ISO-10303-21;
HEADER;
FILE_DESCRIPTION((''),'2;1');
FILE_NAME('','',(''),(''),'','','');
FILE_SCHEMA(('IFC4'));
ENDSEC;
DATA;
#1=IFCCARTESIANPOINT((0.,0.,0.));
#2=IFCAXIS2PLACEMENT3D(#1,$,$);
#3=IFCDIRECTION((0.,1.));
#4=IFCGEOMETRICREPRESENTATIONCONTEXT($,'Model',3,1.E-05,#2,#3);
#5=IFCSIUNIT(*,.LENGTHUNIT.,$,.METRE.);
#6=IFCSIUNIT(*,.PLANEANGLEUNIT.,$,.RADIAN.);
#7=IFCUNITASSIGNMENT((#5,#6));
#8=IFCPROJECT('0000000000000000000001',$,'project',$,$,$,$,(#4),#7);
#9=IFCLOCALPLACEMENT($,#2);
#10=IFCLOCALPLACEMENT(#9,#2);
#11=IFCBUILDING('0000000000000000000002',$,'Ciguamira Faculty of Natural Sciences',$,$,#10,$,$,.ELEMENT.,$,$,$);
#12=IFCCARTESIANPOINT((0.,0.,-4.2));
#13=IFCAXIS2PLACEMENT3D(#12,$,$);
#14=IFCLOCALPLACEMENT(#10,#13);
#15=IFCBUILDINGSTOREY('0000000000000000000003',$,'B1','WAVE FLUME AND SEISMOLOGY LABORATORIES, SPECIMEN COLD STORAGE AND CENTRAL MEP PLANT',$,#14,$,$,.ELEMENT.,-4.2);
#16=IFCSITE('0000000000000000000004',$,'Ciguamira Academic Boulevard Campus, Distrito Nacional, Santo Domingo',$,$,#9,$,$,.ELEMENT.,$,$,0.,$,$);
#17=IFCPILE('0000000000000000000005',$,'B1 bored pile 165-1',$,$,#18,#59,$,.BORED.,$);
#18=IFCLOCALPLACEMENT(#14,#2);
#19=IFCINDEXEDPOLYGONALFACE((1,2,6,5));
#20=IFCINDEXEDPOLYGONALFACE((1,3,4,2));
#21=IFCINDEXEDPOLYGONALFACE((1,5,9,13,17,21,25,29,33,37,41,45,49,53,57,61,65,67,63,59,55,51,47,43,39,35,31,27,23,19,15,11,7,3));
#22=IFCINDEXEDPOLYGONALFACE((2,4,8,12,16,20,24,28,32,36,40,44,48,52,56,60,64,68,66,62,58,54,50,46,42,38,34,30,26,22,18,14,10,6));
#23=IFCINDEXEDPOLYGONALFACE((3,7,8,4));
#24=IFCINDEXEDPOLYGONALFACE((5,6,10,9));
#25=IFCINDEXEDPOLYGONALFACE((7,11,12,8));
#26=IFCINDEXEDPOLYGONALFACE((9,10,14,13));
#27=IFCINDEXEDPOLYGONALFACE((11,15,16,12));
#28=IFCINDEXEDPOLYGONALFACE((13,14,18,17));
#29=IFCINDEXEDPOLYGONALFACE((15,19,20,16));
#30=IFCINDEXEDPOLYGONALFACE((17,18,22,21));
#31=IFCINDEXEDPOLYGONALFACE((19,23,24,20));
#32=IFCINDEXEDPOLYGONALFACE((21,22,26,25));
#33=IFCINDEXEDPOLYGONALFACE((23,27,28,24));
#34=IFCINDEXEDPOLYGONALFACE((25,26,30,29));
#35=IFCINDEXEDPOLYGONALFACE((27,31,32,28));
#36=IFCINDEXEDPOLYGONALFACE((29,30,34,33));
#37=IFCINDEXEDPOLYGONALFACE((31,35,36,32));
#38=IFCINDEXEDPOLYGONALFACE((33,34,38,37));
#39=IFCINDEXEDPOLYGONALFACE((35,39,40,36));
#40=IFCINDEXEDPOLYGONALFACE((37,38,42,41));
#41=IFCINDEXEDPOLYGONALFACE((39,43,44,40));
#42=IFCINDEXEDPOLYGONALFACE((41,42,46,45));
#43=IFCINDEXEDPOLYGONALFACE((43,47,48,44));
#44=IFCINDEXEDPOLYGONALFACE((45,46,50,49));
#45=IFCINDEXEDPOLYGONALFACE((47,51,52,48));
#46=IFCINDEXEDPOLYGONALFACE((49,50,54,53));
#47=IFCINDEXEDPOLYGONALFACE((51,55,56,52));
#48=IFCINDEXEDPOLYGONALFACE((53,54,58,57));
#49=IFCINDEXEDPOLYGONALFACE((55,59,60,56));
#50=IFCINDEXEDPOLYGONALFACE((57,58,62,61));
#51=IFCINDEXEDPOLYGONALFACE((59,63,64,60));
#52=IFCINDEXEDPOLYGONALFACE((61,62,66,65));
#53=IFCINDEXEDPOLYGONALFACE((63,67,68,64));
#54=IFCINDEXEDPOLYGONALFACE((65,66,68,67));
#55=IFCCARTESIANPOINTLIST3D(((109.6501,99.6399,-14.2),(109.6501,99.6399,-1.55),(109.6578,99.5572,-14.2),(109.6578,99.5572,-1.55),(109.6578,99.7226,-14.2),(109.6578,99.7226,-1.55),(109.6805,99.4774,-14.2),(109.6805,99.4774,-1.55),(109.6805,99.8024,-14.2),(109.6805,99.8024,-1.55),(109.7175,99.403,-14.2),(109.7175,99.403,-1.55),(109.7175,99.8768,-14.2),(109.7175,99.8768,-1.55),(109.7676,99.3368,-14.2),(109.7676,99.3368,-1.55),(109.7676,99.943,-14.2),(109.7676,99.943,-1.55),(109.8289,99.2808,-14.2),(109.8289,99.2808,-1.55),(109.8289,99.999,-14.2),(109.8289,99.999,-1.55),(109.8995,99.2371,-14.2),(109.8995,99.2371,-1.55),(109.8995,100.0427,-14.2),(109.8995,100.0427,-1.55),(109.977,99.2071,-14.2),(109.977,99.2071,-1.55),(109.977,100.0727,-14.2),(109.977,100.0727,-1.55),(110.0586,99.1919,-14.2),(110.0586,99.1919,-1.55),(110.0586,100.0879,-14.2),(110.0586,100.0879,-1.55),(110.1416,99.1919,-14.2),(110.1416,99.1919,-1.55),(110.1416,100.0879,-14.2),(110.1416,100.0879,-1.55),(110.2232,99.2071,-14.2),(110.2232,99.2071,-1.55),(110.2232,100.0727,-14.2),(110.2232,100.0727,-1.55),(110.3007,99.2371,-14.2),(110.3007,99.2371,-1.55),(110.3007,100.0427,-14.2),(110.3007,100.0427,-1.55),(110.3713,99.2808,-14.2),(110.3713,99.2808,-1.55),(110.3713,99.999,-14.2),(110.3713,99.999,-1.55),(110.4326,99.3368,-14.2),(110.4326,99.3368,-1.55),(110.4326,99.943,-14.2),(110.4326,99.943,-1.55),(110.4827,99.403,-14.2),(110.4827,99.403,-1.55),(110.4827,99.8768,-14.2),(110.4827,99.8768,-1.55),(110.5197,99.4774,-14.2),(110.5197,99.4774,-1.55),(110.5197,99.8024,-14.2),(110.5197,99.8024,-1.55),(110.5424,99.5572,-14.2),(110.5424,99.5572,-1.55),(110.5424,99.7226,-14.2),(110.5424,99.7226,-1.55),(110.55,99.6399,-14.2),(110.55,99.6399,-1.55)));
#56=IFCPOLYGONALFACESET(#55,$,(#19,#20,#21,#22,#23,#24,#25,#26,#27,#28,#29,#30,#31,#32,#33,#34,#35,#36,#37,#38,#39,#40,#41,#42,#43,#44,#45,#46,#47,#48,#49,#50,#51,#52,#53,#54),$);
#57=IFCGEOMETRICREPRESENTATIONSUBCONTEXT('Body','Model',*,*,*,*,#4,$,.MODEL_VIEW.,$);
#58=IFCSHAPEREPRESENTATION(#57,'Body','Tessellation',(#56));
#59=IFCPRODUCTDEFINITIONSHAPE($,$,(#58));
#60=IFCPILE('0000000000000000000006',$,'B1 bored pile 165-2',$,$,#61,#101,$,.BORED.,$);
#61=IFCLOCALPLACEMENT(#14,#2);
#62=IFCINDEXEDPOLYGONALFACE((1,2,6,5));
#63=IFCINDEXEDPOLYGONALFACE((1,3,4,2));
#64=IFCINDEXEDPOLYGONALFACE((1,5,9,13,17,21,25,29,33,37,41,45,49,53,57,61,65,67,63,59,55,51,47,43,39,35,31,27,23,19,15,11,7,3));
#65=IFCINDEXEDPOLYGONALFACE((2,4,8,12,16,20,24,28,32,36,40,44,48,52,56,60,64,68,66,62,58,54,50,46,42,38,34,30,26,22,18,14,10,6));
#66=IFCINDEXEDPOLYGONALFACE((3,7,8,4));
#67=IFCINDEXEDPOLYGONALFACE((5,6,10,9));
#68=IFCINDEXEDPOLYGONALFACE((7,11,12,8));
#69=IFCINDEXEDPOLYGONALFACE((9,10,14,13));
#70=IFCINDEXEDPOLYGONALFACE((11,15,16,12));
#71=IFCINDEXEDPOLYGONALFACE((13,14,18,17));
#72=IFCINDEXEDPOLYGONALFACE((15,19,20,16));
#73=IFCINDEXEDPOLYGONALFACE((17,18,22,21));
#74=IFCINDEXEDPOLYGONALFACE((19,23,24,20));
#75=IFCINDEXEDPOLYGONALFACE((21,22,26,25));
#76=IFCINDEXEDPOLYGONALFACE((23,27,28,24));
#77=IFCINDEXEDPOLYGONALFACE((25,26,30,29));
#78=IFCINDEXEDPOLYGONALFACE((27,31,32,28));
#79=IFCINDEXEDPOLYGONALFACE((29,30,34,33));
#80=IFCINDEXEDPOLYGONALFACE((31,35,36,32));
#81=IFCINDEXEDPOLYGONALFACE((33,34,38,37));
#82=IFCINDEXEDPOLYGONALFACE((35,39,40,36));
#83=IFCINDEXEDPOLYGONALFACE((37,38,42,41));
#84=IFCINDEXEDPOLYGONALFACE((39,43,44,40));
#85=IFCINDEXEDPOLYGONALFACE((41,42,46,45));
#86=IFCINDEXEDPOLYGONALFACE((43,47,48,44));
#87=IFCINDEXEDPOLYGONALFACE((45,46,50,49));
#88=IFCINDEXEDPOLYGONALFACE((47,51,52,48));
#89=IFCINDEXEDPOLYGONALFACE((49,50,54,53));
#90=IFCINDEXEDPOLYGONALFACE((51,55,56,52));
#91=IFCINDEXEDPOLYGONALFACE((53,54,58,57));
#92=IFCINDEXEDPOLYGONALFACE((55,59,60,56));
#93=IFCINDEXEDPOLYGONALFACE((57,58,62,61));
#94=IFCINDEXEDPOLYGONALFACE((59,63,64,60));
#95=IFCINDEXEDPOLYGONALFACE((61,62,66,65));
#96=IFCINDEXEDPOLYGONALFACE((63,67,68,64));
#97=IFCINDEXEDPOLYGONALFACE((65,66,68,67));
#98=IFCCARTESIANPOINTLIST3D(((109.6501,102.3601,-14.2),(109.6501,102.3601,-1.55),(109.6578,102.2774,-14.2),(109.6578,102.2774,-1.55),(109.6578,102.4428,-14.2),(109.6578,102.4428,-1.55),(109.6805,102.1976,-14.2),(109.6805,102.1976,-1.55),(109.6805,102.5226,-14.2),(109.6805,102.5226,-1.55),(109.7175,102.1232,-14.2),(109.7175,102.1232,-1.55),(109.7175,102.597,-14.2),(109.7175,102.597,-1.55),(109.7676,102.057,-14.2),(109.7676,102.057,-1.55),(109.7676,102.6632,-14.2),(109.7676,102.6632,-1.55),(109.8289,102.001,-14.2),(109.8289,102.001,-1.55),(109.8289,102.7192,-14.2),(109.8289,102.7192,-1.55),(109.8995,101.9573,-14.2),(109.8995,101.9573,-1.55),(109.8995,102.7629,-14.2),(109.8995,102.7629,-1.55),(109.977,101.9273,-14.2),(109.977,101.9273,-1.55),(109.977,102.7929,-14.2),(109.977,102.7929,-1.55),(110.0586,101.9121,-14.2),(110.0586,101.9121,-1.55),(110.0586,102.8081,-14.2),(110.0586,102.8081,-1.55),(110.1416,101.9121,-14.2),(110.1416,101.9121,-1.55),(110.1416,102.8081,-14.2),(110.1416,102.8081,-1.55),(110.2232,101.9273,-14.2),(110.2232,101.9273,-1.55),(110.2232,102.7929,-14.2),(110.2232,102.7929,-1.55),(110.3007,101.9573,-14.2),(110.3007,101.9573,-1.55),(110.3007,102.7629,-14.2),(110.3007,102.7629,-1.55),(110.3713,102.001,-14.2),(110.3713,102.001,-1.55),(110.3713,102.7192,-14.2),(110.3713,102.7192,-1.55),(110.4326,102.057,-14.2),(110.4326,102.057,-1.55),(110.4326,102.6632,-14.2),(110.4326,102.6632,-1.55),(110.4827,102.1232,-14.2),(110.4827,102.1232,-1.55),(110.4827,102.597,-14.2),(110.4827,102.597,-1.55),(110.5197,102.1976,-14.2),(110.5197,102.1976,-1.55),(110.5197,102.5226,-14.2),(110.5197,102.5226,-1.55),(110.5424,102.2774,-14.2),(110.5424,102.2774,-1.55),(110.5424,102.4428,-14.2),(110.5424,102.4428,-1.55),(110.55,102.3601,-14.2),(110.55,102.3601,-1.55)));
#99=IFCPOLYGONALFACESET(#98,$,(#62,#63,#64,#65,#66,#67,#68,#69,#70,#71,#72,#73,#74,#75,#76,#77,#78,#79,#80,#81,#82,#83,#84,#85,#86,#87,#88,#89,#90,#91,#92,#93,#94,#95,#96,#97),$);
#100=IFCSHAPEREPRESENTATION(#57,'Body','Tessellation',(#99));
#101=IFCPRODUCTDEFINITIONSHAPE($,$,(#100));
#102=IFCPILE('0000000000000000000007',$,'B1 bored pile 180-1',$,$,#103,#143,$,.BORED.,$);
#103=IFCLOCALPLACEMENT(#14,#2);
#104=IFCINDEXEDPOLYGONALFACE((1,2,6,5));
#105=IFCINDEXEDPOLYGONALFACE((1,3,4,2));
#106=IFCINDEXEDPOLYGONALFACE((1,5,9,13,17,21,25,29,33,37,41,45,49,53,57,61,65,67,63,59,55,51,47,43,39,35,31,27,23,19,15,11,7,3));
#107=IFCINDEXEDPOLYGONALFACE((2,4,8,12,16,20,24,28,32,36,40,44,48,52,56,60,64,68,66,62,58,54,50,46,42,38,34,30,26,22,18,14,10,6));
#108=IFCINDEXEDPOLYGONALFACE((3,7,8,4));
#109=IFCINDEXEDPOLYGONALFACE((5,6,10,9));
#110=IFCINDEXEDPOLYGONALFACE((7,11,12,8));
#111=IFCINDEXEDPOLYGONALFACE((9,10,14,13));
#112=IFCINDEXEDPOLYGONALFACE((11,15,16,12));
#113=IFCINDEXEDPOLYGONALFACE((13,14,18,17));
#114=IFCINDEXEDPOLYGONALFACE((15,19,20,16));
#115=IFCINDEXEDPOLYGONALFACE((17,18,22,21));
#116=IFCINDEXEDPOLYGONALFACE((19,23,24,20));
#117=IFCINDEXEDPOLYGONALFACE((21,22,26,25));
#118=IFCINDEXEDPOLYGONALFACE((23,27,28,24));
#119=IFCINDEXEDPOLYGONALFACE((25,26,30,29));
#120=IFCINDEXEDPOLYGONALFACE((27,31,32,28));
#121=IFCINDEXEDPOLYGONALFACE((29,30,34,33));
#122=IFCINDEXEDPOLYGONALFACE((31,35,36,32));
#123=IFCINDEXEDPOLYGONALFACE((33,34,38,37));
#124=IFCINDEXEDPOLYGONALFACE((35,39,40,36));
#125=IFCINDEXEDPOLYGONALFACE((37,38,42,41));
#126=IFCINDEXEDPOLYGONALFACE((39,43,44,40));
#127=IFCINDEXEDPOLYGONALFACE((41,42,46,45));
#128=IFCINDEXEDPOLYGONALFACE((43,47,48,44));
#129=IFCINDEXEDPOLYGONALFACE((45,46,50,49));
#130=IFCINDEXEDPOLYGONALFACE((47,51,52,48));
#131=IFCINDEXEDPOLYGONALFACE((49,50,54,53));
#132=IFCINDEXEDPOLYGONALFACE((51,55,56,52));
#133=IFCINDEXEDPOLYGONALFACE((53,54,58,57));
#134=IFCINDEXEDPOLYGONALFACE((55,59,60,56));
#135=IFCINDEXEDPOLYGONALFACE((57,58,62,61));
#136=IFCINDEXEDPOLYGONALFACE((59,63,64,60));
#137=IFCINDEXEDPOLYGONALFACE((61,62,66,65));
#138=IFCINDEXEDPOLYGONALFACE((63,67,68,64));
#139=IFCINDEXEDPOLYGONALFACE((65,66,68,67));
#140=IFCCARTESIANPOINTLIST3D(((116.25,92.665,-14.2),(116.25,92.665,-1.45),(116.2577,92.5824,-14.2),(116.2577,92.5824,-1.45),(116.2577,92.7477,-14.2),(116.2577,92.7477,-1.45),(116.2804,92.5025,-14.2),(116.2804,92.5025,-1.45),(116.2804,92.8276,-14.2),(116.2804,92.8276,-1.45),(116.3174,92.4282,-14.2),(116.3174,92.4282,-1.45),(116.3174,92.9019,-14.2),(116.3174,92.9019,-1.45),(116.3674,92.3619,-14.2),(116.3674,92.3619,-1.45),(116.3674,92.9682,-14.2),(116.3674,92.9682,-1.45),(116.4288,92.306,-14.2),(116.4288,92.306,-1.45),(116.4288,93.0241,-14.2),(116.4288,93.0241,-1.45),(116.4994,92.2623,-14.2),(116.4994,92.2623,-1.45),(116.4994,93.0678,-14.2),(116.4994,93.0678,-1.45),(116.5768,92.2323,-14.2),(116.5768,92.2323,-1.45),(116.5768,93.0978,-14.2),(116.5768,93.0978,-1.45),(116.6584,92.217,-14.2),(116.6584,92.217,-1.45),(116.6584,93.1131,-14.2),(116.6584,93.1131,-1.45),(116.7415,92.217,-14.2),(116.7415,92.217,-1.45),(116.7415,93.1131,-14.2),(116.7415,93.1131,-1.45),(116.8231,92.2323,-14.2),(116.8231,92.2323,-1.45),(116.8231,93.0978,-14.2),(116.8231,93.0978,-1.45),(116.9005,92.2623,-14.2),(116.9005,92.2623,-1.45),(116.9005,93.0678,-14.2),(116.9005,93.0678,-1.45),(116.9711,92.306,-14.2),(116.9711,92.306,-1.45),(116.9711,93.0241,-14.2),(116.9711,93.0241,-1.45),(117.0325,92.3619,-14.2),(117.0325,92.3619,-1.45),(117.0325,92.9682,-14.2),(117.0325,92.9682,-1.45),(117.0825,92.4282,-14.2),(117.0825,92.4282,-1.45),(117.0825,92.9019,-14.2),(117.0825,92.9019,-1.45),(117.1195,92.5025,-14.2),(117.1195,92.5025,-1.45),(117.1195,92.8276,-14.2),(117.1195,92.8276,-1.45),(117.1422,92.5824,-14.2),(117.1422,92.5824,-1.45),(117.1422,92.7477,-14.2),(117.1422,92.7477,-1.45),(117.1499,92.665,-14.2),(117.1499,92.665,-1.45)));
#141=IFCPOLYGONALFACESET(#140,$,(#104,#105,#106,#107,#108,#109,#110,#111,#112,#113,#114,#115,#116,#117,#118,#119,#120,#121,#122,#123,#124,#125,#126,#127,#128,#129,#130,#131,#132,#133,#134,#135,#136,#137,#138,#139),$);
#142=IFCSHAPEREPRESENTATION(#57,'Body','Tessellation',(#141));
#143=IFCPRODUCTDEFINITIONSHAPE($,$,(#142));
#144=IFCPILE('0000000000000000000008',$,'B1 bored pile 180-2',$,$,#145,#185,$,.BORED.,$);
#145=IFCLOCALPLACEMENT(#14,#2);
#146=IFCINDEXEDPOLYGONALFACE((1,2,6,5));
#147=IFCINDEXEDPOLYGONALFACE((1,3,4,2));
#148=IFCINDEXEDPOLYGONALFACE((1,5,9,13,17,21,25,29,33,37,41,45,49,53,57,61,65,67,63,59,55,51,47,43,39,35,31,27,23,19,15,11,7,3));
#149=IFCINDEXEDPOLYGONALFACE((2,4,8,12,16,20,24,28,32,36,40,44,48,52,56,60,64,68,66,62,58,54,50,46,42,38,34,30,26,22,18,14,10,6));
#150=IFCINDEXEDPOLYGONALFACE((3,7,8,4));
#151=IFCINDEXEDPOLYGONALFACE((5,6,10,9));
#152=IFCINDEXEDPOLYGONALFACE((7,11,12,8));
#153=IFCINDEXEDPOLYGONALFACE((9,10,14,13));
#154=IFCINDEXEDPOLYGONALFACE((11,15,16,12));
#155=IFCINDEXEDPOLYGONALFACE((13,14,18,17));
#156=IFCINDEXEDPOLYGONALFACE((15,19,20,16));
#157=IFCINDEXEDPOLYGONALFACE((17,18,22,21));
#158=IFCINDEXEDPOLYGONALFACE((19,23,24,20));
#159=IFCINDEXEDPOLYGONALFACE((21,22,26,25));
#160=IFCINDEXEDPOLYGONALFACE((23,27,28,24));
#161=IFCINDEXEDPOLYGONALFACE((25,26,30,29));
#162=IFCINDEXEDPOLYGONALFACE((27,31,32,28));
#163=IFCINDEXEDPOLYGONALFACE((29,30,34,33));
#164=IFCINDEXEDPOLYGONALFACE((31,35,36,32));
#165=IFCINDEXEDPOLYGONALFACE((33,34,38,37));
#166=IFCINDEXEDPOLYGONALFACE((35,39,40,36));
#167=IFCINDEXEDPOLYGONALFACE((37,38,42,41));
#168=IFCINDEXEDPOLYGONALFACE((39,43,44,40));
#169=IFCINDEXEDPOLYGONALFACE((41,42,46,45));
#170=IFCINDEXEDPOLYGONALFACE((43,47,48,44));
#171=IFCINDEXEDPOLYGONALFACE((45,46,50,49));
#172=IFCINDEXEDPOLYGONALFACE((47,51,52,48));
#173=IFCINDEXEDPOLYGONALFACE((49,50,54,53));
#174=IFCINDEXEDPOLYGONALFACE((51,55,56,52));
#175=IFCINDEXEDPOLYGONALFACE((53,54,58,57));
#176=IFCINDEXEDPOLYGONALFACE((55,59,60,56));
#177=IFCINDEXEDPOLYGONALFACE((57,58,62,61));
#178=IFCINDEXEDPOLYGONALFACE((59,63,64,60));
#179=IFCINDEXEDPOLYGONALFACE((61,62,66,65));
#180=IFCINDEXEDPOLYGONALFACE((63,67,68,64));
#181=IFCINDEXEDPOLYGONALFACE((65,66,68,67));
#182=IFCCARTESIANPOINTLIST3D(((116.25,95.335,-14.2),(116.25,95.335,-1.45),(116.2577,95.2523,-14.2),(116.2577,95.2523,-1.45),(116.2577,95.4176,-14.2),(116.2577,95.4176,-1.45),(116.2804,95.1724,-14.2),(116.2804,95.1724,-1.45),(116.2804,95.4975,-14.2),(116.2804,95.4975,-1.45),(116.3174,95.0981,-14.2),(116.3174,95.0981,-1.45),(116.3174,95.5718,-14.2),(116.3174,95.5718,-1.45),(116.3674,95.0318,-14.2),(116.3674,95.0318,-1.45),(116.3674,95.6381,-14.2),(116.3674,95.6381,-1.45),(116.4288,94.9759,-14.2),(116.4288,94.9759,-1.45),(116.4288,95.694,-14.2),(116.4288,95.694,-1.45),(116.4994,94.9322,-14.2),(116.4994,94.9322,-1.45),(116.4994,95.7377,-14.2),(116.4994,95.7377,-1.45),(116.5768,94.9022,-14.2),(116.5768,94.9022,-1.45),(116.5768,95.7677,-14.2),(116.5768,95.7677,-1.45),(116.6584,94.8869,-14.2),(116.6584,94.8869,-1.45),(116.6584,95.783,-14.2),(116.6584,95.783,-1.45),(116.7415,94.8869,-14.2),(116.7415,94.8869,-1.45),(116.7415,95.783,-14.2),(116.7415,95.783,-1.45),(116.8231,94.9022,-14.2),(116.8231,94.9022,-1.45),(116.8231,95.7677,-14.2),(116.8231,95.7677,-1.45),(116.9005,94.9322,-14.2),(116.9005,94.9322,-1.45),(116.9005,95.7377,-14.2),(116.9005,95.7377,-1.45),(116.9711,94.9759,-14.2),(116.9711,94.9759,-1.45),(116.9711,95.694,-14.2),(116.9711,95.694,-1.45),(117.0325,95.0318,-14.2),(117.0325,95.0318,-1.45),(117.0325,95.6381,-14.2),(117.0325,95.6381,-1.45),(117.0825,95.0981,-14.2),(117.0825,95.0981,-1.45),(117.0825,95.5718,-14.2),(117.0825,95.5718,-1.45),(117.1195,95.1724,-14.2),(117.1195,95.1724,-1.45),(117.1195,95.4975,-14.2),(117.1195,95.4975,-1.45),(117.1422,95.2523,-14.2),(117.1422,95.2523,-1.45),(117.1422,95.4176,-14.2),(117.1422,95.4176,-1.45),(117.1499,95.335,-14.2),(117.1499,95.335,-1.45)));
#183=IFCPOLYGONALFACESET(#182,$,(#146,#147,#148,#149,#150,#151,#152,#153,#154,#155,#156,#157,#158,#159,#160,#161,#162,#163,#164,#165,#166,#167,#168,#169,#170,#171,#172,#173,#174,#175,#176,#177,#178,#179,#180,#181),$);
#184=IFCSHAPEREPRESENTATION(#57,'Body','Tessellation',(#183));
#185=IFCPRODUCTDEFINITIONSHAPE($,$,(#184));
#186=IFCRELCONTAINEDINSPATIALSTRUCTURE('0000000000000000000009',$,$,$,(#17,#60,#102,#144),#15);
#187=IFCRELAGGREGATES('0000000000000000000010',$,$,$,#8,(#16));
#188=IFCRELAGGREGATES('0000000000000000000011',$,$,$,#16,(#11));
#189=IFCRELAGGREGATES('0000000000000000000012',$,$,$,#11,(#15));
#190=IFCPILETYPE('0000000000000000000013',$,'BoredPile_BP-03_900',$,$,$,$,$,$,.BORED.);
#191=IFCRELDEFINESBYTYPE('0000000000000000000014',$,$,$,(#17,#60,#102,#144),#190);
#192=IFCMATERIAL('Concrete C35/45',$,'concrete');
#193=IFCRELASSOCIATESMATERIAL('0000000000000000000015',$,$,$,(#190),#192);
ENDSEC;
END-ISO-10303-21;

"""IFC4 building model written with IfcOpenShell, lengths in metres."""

from ifc_helpers import new_model, si_unit, direction, frame, origin, origin_2d, place, context, subcontext, project, spatial, circle, extrude, material, material_profile, profile_set, type_object, element, save


model = new_model("IFC4")

# Units and contexts
model_context = context("Model", 3, precision=1e-05, world=origin(), true_north=direction((0.0, 1.0)))
body_context = subcontext(model_context, "Body", "Model", "MODEL_VIEW")
ifc_project = project(units=[si_unit("LENGTHUNIT", "METRE"), si_unit("PLANEANGLEUNIT", "RADIAN")], contexts=[model_context])

# Site, building, storey
site_placement = place(None, origin())
site = spatial("IfcSite", under=ifc_project, at=site_placement, Name="Ciguamira Academic Boulevard Campus, Distrito Nacional, Santo Domingo", CompositionType="ELEMENT", RefElevation=0.0)
building_placement = place(site_placement, origin())
building = spatial("IfcBuilding", under=site, at=building_placement, Name="Ciguamira Faculty of Natural Sciences", CompositionType="ELEMENT")
storey_placement = place(building_placement, frame((0.0, 0.0, -4.2)))
storey = spatial("IfcBuildingStorey", under=building, at=storey_placement, Name="B1", Description="WAVE FLUME AND SEISMOLOGY LABORATORIES, SPECIMEN COLD STORAGE AND CENTRAL MEP PLANT", CompositionType="ELEMENT", Elevation=-4.2)

# Piles
ifc_material_1 = material(Name="Concrete C35/45", Category="concrete")
ifc_material_profile_1 = material_profile(ifc_material_1, circle(Radius=0.45, at=origin_2d()), Name="PILE-BORED-900")
ifc_profile_set_1 = profile_set([ifc_material_profile_1], Name="Concrete C35/45")
pile_type_1 = type_object("IfcPileType", Name="BoredPile_BP-03_900", PredefinedType="BORED", material=ifc_profile_set_1)
for number, where, z_axis, x_axis, name in (
    (1, (110.1001, 99.6399, -1.55), (0.0, 0.0, -1.0), (1.0, 0.0, 0.0), "B1 bored pile 165-1"),
    (2, (110.1001, 102.3601, -1.55), (0.0, 0.0, -1.0), (1.0, 0.0, 0.0), "B1 bored pile 165-2"),
):
    element("IfcPile", number, at=place(storey_placement, frame(where, z_axis=z_axis, x_axis=x_axis)), inside=storey, type_object=pile_type_1, Name=name, PredefinedType="BORED", context=body_context, shape_type="SweptSolid", body=[
        extrude(circle(Radius=0.45, at=origin_2d()), origin(), (0.0, 0.0, 1.0), 12.6499),
    ])
for number, where, z_axis, x_axis, name in (
    (3, (116.7, 92.665, -1.45), (0.0, 0.0, -1.0), (1.0, 0.0, 0.0), "B1 bored pile 180-1"),
    (4, (116.7, 95.335, -1.45), (0.0, 0.0, -1.0), (1.0, 0.0, 0.0), "B1 bored pile 180-2"),
):
    element("IfcPile", number, at=place(storey_placement, frame(where, z_axis=z_axis, x_axis=x_axis)), inside=storey, type_object=pile_type_1, Name=name, PredefinedType="BORED", context=body_context, shape_type="SweptSolid", body=[
        extrude(circle(Radius=0.45, at=origin_2d()), origin(), (0.0, 0.0, 1.0), 12.75),
    ])

save(model, "model.ifc")
